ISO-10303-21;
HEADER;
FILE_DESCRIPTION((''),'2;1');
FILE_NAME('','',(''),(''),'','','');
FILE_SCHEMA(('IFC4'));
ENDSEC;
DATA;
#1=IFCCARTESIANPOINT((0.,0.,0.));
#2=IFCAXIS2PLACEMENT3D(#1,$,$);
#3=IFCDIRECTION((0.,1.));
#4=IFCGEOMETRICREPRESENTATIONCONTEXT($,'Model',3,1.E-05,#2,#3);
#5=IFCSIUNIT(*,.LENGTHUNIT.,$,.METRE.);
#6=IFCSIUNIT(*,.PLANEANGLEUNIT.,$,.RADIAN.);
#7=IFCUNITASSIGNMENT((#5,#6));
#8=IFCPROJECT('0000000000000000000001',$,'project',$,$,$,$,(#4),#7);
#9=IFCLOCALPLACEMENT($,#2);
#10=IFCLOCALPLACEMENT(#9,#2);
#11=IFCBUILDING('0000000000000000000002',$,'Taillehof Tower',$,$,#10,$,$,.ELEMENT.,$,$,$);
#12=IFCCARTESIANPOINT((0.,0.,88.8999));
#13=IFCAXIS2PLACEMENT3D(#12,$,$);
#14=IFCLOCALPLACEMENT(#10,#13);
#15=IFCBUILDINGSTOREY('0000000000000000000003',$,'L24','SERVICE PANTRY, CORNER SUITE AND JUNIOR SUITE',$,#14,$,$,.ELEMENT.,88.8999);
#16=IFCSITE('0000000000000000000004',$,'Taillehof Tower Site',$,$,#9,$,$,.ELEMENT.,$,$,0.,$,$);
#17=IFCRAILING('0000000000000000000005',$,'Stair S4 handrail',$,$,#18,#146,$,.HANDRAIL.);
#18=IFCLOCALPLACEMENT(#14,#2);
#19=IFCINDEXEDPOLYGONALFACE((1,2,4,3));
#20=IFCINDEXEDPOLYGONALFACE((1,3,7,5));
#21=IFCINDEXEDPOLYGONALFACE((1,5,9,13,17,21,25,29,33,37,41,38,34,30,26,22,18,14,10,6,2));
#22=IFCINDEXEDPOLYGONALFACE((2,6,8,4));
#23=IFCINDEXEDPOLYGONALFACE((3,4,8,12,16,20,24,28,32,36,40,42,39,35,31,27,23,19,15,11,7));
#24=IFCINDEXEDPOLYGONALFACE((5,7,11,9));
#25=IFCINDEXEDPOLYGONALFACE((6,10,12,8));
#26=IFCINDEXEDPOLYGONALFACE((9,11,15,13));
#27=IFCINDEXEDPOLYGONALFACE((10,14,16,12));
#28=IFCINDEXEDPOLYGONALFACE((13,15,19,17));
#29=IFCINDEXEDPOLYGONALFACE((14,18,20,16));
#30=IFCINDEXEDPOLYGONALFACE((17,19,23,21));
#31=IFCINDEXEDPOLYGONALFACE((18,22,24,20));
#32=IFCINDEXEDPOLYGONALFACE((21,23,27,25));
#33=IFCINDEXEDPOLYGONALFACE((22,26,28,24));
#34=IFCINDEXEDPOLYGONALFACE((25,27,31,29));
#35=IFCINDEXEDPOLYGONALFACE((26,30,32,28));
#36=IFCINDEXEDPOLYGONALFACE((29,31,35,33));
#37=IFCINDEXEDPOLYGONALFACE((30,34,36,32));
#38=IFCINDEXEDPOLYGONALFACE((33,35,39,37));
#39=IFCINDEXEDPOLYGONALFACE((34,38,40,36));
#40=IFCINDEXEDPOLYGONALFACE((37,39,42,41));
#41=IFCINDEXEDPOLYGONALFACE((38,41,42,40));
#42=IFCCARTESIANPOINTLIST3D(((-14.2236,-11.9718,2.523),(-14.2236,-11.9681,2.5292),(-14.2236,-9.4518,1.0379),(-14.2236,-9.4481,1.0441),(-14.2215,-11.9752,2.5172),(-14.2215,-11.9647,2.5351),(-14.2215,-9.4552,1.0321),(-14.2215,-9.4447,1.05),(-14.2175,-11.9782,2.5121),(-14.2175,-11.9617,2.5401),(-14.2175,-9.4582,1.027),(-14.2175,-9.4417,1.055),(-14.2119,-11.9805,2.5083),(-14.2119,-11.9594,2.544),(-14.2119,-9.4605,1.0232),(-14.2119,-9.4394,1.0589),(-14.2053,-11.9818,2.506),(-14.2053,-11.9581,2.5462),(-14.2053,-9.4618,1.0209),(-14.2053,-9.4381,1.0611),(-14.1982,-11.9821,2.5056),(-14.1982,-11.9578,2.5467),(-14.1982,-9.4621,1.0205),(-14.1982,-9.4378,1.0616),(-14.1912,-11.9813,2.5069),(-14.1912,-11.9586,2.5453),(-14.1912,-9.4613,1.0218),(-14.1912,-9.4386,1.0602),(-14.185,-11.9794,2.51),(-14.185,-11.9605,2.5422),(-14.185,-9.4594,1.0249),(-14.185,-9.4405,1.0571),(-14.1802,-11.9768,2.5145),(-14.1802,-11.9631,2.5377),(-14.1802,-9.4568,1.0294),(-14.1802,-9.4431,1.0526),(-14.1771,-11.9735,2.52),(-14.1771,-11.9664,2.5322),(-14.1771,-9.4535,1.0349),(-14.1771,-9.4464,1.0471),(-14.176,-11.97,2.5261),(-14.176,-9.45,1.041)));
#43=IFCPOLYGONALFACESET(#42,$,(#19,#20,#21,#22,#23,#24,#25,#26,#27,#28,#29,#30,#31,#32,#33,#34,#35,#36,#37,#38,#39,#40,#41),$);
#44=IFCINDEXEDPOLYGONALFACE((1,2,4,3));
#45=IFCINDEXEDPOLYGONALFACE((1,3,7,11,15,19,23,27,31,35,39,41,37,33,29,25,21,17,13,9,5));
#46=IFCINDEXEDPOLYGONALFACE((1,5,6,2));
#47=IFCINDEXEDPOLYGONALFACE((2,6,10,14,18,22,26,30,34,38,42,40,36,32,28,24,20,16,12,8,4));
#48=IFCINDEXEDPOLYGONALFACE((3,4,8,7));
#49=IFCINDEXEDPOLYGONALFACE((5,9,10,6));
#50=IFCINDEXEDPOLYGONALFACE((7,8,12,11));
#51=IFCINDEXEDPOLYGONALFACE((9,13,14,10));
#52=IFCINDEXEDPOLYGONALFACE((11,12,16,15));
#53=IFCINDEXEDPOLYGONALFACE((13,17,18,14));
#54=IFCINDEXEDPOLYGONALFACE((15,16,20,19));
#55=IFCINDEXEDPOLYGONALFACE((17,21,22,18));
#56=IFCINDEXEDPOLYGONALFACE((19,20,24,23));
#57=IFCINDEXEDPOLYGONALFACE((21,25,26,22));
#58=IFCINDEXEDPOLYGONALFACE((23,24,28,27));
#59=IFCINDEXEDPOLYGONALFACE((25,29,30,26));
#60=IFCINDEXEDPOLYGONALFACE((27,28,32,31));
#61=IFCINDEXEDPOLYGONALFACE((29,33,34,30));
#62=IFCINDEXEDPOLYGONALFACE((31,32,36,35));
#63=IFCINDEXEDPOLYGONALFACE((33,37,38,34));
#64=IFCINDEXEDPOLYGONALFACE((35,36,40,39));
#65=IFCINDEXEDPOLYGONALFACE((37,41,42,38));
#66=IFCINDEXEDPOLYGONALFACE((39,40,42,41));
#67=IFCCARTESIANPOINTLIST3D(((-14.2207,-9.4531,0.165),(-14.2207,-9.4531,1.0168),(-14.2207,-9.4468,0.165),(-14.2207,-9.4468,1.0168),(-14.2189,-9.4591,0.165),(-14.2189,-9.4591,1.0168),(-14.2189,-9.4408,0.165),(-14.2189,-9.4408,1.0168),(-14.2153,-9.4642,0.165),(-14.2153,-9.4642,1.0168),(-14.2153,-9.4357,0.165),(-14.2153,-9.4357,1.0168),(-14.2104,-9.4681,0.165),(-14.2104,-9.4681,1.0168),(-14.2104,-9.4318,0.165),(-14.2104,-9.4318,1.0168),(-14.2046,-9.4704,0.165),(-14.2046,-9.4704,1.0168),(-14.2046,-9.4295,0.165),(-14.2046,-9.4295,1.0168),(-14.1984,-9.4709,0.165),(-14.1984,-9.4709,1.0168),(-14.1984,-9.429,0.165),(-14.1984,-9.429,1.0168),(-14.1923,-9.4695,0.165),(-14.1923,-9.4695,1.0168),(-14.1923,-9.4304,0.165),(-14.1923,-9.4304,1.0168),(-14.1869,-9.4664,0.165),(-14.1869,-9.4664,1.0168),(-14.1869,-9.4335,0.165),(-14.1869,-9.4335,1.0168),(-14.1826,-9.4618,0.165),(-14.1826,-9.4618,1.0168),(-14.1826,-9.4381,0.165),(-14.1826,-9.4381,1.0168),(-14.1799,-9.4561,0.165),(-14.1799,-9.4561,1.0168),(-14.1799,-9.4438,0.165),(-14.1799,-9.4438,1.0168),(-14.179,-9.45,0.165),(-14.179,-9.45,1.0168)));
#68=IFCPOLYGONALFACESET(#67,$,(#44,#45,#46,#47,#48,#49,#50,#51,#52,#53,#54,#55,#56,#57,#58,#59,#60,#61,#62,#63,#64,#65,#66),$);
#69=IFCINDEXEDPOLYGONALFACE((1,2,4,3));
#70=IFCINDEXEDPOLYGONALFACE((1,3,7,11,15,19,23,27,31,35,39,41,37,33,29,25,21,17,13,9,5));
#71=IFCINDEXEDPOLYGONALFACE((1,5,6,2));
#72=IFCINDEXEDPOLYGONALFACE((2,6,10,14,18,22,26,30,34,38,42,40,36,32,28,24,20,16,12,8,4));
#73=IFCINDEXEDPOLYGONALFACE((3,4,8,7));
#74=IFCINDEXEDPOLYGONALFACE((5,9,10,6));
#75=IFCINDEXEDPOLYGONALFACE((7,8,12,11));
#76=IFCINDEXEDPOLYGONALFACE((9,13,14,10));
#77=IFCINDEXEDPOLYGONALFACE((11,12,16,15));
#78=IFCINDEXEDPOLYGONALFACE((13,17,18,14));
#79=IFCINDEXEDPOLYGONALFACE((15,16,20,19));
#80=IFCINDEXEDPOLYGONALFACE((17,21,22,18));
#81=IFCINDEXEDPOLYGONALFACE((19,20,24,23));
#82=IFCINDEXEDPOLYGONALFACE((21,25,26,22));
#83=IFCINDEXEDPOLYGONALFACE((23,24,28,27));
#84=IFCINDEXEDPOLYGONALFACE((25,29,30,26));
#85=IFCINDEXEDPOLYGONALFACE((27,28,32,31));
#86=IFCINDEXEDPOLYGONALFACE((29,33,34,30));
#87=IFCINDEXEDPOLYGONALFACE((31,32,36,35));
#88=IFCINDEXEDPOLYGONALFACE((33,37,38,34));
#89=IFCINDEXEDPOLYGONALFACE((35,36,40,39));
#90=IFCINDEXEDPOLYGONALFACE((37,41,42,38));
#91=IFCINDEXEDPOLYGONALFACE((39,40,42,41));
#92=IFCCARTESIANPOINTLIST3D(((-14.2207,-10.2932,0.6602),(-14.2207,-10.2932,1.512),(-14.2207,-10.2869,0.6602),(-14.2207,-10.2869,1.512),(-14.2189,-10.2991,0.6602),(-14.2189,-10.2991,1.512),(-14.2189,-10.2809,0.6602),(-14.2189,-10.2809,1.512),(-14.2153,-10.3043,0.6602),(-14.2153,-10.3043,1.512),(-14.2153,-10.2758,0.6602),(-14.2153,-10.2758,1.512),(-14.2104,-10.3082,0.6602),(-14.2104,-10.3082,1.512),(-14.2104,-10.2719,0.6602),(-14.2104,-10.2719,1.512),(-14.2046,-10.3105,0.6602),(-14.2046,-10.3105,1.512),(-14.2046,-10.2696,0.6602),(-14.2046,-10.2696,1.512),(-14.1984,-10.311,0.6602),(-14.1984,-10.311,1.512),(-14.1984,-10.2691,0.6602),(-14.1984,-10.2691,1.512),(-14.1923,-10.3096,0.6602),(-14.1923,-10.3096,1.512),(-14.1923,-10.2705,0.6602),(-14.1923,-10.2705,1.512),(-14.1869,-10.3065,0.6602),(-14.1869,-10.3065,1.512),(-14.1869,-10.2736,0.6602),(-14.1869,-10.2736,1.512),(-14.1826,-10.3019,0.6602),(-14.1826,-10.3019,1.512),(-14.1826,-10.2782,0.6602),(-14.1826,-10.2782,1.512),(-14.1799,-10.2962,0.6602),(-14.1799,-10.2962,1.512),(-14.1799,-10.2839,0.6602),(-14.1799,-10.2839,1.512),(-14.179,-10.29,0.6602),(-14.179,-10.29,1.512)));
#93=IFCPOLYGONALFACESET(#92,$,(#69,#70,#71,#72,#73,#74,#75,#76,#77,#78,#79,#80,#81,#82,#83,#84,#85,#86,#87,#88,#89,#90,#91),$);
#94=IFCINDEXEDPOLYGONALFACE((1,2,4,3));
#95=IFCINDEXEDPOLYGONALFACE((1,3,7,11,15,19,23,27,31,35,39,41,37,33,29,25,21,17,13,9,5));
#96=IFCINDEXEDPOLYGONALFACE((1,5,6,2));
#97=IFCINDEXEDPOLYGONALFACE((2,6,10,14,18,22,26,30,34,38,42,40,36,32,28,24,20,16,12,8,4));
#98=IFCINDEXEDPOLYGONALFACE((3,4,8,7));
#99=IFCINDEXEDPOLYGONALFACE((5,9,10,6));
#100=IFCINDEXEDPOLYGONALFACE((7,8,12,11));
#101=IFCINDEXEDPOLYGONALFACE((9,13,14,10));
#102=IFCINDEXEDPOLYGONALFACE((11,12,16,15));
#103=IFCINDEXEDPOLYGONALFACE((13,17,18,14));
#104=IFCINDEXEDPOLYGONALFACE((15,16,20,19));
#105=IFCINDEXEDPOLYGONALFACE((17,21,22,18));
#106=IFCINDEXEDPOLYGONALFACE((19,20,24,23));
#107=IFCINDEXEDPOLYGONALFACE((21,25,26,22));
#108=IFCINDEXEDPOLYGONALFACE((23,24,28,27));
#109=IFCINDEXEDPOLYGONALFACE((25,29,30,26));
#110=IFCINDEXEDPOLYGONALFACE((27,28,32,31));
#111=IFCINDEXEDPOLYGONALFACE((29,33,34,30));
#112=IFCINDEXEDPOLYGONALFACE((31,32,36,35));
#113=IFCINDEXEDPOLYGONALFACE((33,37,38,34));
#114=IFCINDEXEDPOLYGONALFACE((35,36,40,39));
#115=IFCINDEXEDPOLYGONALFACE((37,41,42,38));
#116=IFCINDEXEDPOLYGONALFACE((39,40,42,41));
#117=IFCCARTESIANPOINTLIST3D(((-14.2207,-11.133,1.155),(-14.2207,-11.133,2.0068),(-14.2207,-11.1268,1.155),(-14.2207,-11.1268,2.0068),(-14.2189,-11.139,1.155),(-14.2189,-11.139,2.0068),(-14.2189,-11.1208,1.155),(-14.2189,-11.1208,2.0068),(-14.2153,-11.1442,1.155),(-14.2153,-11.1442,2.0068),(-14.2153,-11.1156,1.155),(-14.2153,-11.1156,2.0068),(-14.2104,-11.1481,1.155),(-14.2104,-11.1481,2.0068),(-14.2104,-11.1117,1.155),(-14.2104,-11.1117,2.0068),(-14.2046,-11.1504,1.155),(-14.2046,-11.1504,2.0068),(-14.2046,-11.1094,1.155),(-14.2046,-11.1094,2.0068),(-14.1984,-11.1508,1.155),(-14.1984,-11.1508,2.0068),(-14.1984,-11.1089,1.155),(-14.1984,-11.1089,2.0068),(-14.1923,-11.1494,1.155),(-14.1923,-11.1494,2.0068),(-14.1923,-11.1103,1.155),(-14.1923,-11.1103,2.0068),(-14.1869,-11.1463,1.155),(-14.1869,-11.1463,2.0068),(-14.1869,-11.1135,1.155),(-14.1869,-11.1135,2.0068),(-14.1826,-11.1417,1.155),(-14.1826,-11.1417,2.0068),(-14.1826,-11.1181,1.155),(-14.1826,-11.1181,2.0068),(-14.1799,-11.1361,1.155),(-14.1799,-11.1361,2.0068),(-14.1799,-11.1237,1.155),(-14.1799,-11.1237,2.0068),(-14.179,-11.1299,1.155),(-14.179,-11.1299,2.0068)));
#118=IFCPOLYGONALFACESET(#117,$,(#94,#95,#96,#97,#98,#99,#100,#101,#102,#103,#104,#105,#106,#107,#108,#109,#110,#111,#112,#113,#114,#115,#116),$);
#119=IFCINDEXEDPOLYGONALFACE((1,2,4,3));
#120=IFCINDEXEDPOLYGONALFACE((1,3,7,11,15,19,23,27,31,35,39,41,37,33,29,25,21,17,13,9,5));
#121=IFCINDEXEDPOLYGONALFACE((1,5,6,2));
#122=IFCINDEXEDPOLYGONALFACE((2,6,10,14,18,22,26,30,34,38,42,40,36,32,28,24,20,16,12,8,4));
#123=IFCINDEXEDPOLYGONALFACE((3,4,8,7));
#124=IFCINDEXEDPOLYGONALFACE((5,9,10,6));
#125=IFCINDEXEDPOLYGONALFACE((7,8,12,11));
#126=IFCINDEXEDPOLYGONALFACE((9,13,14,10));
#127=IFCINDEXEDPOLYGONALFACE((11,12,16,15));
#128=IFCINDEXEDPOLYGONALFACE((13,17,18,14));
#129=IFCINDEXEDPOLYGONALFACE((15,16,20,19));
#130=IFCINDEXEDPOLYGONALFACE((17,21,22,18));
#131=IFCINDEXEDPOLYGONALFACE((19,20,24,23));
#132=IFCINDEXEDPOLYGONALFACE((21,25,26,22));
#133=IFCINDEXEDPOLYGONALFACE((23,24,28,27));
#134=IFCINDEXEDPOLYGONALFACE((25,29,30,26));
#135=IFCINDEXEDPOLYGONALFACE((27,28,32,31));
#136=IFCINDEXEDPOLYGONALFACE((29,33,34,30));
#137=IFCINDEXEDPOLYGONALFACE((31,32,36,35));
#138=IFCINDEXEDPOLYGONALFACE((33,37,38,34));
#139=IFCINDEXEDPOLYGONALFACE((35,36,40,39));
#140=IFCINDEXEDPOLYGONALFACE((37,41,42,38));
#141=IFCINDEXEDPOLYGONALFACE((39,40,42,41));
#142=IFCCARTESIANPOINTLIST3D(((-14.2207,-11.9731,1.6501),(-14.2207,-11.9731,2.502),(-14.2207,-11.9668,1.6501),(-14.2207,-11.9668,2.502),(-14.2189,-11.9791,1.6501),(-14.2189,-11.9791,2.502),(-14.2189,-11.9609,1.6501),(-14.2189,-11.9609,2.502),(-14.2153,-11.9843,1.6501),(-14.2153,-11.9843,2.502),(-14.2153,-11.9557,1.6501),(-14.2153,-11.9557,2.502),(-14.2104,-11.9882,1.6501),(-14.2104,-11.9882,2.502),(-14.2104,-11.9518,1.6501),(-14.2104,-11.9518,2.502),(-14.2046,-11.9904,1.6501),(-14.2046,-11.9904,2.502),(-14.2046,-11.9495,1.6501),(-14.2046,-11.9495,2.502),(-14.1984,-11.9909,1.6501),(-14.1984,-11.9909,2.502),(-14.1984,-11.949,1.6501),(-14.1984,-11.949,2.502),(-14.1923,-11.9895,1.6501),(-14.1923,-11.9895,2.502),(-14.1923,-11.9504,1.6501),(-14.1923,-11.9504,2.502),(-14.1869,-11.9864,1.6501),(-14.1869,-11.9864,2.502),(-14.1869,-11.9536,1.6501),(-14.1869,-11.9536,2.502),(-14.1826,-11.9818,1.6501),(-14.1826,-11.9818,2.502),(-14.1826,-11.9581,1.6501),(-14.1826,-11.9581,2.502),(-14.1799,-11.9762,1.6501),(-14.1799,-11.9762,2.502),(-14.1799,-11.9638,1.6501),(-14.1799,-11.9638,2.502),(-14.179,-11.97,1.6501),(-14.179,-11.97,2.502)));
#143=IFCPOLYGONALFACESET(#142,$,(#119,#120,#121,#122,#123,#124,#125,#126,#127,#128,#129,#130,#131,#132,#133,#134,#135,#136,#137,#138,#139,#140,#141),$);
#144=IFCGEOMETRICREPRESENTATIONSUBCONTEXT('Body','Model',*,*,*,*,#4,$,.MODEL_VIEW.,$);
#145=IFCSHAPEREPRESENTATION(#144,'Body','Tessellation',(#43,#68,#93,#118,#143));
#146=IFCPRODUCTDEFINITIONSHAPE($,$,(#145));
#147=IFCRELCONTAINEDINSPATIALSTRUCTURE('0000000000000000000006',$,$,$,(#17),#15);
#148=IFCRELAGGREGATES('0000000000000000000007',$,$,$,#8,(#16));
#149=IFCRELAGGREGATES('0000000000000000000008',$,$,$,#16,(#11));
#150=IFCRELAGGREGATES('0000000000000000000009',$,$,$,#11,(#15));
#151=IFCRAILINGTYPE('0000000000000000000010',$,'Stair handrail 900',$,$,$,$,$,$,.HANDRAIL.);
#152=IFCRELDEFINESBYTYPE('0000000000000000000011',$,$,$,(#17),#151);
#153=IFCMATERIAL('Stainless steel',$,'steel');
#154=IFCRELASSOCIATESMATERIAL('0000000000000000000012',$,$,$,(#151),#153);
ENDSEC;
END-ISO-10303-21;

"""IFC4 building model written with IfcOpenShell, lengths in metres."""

from ifc_helpers import new_model, si_unit, direction, frame, origin, origin_2d, place, context, subcontext, project, spatial, circle, extrude, material, type_object, element, save


model = new_model("IFC4")

# Units and contexts
model_context = context("Model", 3, precision=1e-05, world=origin(), true_north=direction((0.0, 1.0)))
body_context = subcontext(model_context, "Body", "Model", "MODEL_VIEW")
ifc_project = project(units=[si_unit("LENGTHUNIT", "METRE"), si_unit("PLANEANGLEUNIT", "RADIAN")], contexts=[model_context])

# Site, building, storey
site_placement = place(None, origin())
site = spatial("IfcSite", under=ifc_project, at=site_placement, Name="Taillehof Tower Site", CompositionType="ELEMENT", RefElevation=0.0)
building_placement = place(site_placement, origin())
building = spatial("IfcBuilding", under=site, at=building_placement, Name="Taillehof Tower", CompositionType="ELEMENT")
storey_placement = place(building_placement, frame((0.0, 0.0, 88.8999)))
storey = spatial("IfcBuildingStorey", under=building, at=storey_placement, Name="L24", Description="SERVICE PANTRY, CORNER SUITE AND JUNIOR SUITE", CompositionType="ELEMENT", Elevation=88.8999)

# Railing
ifc_material_1 = material(Name="Stainless steel", Category="steel")
railing_type_1 = type_object("IfcRailingType", Name="Stair handrail 900", PredefinedType="HANDRAIL", material=ifc_material_1)
railing_1_placement = place(storey_placement, frame((-14.2, -9.45, 0.165)))
element("IfcRailing", 1, at=railing_1_placement, inside=storey, type_object=railing_type_1, Name="Stair S4 handrail", PredefinedType="HANDRAIL", context=body_context, shape_type="SweptSolid", body=[
    extrude(circle(Radius=0.0239, at=origin_2d()), frame((0.0, 0.0, 0.876), z_axis=(0.0, -0.861524, 0.507717), x_axis=(1.0, 0.0, 0.0)), (0.0, 0.0, 1.0), 2.925),
    extrude(circle(Radius=0.021, at=origin_2d()), origin(), (0.0, 0.0, 1.0), 0.8518),
    extrude(circle(Radius=0.021, at=origin_2d()), frame((0.0, -0.8401, 0.4951)), (0.0, 0.0, 1.0), 0.8518),
    extrude(circle(Radius=0.021, at=origin_2d()), frame((0.0, -1.6799, 0.99)), (0.0, 0.0, 1.0), 0.8518),
    extrude(circle(Radius=0.021, at=origin_2d()), frame((0.0, -2.52, 1.4851)), (0.0, 0.0, 1.0), 0.8518),
])

save(model, "model.ifc")
